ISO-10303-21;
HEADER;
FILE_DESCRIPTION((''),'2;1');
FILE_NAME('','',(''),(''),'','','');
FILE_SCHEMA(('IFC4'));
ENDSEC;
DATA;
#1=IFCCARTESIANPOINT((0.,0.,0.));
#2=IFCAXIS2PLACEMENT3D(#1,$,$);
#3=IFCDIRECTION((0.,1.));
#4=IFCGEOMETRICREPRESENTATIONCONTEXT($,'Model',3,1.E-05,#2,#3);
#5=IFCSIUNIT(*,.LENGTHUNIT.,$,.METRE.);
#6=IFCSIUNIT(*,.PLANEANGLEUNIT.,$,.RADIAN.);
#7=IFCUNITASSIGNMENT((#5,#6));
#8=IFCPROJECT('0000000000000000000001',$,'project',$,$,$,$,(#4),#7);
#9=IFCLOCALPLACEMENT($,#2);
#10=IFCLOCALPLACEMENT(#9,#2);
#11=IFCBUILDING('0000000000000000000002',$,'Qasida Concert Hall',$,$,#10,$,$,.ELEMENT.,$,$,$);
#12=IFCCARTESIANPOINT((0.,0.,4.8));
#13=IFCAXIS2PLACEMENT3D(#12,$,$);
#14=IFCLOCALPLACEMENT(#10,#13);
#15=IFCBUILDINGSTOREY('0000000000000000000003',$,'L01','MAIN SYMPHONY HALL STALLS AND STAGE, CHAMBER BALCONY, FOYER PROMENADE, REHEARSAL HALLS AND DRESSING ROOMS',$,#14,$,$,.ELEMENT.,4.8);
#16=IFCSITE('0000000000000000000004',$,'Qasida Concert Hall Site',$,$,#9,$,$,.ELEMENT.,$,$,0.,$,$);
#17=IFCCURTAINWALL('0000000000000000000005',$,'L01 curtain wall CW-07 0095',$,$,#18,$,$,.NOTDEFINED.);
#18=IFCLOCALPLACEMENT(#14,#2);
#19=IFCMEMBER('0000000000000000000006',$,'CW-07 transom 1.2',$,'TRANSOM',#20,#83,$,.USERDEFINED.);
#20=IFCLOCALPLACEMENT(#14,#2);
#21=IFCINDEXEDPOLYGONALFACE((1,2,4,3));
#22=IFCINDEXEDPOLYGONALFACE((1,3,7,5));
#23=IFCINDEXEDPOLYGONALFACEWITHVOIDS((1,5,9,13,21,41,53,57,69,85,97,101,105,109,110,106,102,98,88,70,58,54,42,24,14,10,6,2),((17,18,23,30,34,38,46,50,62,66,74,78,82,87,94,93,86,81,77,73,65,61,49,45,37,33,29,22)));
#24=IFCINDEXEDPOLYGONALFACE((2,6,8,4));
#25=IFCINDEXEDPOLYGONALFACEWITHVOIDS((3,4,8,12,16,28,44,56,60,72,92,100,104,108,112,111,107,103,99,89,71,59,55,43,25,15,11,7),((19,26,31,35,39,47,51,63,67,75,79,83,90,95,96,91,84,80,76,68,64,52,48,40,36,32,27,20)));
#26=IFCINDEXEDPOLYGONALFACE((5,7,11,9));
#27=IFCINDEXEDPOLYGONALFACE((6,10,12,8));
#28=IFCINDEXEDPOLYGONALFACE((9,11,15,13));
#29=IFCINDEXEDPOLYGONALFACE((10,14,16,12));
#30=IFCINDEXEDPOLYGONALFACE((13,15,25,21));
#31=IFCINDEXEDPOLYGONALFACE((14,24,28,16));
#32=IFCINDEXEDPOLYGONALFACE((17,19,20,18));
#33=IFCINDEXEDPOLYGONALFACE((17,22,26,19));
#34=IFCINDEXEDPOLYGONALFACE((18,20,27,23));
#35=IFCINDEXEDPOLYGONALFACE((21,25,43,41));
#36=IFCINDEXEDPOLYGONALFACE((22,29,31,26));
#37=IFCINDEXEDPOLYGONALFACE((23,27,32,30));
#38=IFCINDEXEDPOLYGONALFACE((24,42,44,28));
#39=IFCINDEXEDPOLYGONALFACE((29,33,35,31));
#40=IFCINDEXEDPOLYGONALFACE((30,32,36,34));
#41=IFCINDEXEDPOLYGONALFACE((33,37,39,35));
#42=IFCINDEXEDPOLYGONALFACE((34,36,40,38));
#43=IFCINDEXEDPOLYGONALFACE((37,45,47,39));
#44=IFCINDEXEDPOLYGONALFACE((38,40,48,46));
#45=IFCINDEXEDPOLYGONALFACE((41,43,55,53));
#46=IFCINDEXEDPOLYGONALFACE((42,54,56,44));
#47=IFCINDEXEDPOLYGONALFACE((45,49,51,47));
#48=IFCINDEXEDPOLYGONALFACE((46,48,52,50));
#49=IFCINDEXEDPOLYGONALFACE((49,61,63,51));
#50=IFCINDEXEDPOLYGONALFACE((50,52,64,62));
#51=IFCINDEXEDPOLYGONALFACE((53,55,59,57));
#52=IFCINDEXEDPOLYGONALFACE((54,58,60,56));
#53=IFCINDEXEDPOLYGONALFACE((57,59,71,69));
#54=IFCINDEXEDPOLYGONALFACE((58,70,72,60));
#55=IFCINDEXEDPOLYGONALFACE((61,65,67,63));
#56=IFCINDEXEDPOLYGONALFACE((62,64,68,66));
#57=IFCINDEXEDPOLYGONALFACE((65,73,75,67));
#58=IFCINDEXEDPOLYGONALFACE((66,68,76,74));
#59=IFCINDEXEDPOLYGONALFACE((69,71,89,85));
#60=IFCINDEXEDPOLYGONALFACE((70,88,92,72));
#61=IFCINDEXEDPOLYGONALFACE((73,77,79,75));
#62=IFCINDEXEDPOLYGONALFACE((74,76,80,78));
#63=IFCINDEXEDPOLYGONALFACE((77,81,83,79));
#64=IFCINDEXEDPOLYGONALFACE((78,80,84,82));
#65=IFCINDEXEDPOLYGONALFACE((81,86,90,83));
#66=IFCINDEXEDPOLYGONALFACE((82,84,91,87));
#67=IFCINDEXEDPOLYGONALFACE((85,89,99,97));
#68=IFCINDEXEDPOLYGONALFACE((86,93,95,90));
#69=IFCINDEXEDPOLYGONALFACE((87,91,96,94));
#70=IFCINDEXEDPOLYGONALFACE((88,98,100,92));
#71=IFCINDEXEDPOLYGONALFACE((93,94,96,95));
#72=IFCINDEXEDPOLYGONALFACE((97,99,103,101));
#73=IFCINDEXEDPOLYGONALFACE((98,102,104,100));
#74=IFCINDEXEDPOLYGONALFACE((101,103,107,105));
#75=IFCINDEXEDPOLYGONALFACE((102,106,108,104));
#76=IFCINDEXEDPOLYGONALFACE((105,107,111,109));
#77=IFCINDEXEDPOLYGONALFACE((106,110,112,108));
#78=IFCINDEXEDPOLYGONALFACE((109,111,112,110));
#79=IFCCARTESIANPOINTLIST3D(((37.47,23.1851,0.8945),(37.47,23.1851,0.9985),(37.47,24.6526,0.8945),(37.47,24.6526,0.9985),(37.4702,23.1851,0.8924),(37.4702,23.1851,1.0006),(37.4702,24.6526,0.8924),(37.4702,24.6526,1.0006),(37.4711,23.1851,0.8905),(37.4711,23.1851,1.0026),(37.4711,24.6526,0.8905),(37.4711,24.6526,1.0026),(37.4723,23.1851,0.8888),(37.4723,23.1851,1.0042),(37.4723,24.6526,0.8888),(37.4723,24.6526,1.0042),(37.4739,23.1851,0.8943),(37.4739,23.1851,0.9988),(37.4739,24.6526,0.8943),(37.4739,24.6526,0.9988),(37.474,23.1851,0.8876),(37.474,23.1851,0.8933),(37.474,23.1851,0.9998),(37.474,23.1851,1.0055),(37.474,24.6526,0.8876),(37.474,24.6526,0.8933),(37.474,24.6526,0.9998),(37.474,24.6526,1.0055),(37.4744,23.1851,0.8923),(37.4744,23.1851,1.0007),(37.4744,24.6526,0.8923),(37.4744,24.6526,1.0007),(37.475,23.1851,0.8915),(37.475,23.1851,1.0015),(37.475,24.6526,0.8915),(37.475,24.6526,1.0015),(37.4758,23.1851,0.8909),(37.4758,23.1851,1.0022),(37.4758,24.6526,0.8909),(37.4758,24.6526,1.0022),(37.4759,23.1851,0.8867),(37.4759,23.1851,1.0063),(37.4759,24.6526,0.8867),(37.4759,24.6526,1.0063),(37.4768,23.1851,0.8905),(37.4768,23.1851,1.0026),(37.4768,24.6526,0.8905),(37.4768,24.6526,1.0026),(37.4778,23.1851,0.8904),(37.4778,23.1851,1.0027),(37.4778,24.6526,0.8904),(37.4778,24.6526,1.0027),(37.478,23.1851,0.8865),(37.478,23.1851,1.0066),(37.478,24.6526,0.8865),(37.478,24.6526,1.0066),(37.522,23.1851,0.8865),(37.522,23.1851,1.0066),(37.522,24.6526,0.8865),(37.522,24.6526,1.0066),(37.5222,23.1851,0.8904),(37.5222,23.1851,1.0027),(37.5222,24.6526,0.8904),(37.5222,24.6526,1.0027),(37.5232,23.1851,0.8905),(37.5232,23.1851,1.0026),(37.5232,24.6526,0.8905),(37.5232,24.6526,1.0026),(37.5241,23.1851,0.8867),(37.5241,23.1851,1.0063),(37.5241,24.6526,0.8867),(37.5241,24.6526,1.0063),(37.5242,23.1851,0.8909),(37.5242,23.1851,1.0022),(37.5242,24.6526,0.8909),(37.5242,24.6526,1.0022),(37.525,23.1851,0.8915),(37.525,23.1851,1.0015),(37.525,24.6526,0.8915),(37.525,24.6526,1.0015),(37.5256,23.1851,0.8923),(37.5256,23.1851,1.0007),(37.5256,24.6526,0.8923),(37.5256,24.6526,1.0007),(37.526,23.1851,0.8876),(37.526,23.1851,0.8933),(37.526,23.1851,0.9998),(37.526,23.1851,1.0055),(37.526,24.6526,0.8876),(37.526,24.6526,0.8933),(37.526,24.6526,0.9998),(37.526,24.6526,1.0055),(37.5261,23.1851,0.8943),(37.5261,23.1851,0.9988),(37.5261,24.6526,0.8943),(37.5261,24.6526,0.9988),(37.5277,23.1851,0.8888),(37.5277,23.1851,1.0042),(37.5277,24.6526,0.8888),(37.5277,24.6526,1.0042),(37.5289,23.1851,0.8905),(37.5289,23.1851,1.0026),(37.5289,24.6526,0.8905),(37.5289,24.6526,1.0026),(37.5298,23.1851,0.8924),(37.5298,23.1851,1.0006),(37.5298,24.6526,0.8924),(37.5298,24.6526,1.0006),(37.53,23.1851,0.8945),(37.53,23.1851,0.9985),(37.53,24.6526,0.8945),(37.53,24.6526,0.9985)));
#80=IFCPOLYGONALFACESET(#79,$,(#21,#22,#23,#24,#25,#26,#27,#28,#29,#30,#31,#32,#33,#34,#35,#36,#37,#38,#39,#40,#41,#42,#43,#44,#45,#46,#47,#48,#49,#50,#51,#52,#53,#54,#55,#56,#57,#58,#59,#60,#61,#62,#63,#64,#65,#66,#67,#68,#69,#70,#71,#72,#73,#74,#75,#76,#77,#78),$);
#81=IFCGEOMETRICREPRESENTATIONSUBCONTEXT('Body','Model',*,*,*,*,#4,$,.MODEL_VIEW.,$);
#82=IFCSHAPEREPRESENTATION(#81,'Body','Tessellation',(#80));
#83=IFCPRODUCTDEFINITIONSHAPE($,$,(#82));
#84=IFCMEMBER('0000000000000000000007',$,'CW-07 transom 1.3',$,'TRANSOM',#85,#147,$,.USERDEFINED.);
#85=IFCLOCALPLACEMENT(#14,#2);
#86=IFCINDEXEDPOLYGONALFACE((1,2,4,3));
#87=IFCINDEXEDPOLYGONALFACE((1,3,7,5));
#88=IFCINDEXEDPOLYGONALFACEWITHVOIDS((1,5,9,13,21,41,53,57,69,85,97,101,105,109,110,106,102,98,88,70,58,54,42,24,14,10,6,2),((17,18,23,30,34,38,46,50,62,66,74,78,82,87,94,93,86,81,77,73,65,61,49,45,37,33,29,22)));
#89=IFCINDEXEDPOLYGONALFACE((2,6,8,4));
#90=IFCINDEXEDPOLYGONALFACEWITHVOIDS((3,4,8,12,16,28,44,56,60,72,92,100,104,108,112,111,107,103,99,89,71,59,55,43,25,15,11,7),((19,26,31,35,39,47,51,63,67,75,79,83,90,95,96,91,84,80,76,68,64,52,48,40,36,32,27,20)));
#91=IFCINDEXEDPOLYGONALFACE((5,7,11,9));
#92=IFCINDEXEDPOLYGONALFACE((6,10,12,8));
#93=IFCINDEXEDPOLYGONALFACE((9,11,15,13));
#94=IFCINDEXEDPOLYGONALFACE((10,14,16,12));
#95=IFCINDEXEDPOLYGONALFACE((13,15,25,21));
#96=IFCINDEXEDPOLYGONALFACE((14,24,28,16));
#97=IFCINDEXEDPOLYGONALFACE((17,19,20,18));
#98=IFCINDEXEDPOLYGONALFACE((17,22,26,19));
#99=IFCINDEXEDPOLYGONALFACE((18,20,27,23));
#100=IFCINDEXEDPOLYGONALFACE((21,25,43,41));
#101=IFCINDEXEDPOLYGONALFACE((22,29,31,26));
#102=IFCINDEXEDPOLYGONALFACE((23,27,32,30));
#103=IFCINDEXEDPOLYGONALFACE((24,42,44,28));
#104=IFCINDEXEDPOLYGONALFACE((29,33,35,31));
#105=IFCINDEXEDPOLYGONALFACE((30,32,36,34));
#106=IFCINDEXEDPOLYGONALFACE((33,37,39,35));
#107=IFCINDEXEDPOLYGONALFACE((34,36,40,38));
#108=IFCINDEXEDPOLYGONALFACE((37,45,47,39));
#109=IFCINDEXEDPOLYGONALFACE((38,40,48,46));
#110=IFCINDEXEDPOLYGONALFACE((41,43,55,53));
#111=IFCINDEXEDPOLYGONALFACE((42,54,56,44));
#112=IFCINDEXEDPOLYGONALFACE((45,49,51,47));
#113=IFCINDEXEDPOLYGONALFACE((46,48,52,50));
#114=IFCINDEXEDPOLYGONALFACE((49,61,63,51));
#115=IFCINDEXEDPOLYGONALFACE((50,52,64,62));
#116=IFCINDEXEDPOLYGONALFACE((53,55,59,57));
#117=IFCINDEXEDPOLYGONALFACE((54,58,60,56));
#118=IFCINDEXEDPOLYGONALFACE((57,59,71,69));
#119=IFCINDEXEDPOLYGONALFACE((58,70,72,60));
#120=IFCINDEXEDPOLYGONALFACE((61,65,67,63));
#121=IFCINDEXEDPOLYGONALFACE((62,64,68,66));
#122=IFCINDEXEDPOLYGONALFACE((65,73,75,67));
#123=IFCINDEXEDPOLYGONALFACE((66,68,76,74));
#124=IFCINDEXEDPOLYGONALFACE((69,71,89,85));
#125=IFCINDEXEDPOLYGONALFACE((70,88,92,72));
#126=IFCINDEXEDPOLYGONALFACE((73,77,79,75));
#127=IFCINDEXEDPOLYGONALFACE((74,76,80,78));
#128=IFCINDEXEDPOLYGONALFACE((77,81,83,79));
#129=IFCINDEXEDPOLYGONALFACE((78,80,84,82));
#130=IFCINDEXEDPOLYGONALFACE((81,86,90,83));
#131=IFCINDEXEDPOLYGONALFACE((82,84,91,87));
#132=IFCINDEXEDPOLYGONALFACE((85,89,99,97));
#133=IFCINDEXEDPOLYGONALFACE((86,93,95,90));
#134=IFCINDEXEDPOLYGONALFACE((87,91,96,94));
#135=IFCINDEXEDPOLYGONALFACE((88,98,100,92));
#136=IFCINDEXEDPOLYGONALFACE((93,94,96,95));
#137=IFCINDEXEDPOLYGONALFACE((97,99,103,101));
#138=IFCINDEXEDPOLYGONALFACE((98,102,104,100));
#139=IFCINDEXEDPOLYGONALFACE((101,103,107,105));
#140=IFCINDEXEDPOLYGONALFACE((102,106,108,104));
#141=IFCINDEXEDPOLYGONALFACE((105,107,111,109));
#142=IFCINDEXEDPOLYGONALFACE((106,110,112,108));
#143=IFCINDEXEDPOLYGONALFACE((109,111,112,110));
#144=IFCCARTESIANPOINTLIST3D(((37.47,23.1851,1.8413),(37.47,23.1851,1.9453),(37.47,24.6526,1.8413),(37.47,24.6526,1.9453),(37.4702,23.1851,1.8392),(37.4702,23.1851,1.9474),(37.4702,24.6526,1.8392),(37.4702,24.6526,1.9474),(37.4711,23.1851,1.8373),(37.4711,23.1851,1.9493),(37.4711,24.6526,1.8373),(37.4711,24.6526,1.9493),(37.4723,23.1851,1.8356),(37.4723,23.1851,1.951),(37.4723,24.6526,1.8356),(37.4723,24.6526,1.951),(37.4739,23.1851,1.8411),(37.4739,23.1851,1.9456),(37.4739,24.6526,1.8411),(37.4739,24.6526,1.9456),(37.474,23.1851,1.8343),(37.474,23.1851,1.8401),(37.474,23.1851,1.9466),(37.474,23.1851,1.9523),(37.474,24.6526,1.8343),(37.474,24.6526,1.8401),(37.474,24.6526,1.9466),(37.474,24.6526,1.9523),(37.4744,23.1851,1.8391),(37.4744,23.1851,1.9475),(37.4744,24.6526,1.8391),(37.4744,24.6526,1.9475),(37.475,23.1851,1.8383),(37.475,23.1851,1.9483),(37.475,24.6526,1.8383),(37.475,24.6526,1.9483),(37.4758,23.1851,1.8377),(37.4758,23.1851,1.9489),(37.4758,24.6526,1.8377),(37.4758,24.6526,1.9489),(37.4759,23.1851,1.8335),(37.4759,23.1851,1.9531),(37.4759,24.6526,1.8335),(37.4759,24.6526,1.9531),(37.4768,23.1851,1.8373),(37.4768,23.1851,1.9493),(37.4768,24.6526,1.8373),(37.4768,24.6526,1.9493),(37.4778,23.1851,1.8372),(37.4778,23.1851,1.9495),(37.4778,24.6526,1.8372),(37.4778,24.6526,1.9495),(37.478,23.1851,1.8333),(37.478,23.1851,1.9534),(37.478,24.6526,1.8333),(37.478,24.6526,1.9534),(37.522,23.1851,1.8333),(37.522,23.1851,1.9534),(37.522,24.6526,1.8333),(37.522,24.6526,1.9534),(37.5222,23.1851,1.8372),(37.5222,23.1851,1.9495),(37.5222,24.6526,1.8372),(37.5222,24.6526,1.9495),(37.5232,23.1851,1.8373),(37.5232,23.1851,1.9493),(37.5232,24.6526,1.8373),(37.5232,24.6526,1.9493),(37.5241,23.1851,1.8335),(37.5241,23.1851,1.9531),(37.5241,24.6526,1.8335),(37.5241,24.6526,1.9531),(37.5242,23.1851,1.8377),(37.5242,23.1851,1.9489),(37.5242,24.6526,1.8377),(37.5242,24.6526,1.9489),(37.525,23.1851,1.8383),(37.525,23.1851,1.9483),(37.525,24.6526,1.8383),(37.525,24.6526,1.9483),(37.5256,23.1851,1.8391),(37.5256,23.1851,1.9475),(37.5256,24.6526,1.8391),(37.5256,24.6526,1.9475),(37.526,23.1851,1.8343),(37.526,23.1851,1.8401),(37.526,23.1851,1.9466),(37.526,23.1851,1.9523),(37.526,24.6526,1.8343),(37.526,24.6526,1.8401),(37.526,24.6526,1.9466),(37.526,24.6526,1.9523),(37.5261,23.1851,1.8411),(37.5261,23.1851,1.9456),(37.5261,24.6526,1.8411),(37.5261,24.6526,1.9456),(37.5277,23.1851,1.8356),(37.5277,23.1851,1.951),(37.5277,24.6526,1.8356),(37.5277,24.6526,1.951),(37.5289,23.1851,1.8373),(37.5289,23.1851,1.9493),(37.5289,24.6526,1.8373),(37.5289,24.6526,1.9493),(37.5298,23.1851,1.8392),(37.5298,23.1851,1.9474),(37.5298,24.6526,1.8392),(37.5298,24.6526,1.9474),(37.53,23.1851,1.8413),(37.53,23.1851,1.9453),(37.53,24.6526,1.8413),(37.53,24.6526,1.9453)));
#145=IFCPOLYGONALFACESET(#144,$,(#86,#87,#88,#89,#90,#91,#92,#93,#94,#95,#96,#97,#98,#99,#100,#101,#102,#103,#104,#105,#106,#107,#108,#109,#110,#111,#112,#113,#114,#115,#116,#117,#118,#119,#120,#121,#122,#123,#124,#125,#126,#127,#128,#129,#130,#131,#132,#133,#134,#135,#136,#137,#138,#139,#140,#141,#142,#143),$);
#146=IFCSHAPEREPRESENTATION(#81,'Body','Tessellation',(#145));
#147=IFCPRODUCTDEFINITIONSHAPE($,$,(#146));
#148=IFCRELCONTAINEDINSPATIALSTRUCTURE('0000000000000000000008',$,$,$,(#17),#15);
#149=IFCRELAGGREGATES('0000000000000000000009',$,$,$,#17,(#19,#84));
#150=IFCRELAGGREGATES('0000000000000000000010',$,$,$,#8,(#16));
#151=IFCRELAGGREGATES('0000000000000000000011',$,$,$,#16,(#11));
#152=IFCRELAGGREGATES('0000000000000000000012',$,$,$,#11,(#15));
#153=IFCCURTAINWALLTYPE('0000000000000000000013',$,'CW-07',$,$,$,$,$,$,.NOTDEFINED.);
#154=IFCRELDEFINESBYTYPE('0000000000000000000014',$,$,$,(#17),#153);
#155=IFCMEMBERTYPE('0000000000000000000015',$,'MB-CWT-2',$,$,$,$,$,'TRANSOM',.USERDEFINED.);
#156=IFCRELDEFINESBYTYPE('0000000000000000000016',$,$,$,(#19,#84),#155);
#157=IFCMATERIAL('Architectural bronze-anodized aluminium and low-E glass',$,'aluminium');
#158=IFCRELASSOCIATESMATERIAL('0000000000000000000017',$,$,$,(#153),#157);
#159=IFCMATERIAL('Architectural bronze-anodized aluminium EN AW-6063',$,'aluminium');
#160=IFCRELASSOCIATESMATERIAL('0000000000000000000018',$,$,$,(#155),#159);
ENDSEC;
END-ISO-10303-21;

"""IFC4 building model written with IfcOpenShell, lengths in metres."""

from ifc_helpers import new_model, si_unit, direction, frame, origin, origin_2d, place, context, subcontext, project, spatial, hollow_rectangle, extrude, material, material_profile, profile_set, type_object, element, aggregate, save


model = new_model("IFC4")

# Units and contexts
model_context = context("Model", 3, precision=1e-05, world=origin(), true_north=direction((0.0, 1.0)))
body_context = subcontext(model_context, "Body", "Model", "MODEL_VIEW")
ifc_project = project(units=[si_unit("LENGTHUNIT", "METRE"), si_unit("PLANEANGLEUNIT", "RADIAN")], contexts=[model_context])

# Site, building, storey
site_placement = place(None, origin())
site = spatial("IfcSite", under=ifc_project, at=site_placement, Name="Qasida Concert Hall Site", CompositionType="ELEMENT", RefElevation=0.0)
building_placement = place(site_placement, origin())
building = spatial("IfcBuilding", under=site, at=building_placement, Name="Qasida Concert Hall", CompositionType="ELEMENT")
storey_placement = place(building_placement, frame((0.0, 0.0, 4.8)))
storey = spatial("IfcBuildingStorey", under=building, at=storey_placement, Name="L01", Description="MAIN SYMPHONY HALL STALLS AND STAGE, CHAMBER BALCONY, FOYER PROMENADE, REHEARSAL HALLS AND DRESSING ROOMS", CompositionType="ELEMENT", Elevation=4.8)

# Shared definitions
ifc_material_1 = material(Name="Architectural bronze-anodized aluminium and low-E glass", Category="aluminium")
curtain_wall_type = type_object("IfcCurtainWallType", Name="CW-07", PredefinedType="NOTDEFINED", material=ifc_material_1)
ifc_material_2 = material(Name="Architectural bronze-anodized aluminium EN AW-6063", Category="aluminium")

# Curtain wall, members
curtain_wall_1_placement = place(storey_placement, origin())
curtain_wall_1 = element("IfcCurtainWall", 1, at=curtain_wall_1_placement, inside=storey, type_object=curtain_wall_type, Name="L01 curtain wall CW-07 0095", PredefinedType="NOTDEFINED")
ifc_material_profile_1 = material_profile(ifc_material_2, hollow_rectangle(XDim=0.0601, YDim=0.1201, WallThickness=0.0039, InnerFilletRadius=0.0039, OuterFilletRadius=0.0081, at=origin_2d()), Name="CWT 120x60x4")
ifc_profile_set_1 = profile_set([ifc_material_profile_1], Name="Architectural bronze-anodized aluminium EN AW-6063")
member_type_1 = type_object("IfcMemberType", Name="MB-CWT-2", ElementType="TRANSOM", PredefinedType="USERDEFINED", material=ifc_profile_set_1)
member_1_placement = place(storey_placement, frame((37.5, 23.1851, 0.9465), z_axis=(0.0, 1.0, 0.0), x_axis=(-1.0, 0.0, 0.0)))
member_1 = element("IfcMember", 2, at=member_1_placement, type_object=member_type_1, Name="CW-07 transom 1.2", ObjectType="TRANSOM", PredefinedType="USERDEFINED", context=body_context, shape_type="SweptSolid", body=[
    extrude(hollow_rectangle(XDim=0.0601, YDim=0.1201, WallThickness=0.0039, InnerFilletRadius=0.0039, OuterFilletRadius=0.0081, at=origin_2d()), origin(), (0.0, 0.0, 1.0), 1.4675),
])
member_2_placement = place(storey_placement, frame((37.5, 23.1851, 1.8933), z_axis=(0.0, 1.0, 0.0), x_axis=(-1.0, 0.0, 0.0)))
member_2 = element("IfcMember", 3, at=member_2_placement, type_object=member_type_1, Name="CW-07 transom 1.3", ObjectType="TRANSOM", PredefinedType="USERDEFINED", context=body_context, shape_type="SweptSolid", body=[
    extrude(hollow_rectangle(XDim=0.0601, YDim=0.1201, WallThickness=0.0039, InnerFilletRadius=0.0039, OuterFilletRadius=0.0081, at=origin_2d()), origin(), (0.0, 0.0, 1.0), 1.4675),
])

aggregate(curtain_wall_1, [member_1, member_2])

save(model, "model.ifc")
